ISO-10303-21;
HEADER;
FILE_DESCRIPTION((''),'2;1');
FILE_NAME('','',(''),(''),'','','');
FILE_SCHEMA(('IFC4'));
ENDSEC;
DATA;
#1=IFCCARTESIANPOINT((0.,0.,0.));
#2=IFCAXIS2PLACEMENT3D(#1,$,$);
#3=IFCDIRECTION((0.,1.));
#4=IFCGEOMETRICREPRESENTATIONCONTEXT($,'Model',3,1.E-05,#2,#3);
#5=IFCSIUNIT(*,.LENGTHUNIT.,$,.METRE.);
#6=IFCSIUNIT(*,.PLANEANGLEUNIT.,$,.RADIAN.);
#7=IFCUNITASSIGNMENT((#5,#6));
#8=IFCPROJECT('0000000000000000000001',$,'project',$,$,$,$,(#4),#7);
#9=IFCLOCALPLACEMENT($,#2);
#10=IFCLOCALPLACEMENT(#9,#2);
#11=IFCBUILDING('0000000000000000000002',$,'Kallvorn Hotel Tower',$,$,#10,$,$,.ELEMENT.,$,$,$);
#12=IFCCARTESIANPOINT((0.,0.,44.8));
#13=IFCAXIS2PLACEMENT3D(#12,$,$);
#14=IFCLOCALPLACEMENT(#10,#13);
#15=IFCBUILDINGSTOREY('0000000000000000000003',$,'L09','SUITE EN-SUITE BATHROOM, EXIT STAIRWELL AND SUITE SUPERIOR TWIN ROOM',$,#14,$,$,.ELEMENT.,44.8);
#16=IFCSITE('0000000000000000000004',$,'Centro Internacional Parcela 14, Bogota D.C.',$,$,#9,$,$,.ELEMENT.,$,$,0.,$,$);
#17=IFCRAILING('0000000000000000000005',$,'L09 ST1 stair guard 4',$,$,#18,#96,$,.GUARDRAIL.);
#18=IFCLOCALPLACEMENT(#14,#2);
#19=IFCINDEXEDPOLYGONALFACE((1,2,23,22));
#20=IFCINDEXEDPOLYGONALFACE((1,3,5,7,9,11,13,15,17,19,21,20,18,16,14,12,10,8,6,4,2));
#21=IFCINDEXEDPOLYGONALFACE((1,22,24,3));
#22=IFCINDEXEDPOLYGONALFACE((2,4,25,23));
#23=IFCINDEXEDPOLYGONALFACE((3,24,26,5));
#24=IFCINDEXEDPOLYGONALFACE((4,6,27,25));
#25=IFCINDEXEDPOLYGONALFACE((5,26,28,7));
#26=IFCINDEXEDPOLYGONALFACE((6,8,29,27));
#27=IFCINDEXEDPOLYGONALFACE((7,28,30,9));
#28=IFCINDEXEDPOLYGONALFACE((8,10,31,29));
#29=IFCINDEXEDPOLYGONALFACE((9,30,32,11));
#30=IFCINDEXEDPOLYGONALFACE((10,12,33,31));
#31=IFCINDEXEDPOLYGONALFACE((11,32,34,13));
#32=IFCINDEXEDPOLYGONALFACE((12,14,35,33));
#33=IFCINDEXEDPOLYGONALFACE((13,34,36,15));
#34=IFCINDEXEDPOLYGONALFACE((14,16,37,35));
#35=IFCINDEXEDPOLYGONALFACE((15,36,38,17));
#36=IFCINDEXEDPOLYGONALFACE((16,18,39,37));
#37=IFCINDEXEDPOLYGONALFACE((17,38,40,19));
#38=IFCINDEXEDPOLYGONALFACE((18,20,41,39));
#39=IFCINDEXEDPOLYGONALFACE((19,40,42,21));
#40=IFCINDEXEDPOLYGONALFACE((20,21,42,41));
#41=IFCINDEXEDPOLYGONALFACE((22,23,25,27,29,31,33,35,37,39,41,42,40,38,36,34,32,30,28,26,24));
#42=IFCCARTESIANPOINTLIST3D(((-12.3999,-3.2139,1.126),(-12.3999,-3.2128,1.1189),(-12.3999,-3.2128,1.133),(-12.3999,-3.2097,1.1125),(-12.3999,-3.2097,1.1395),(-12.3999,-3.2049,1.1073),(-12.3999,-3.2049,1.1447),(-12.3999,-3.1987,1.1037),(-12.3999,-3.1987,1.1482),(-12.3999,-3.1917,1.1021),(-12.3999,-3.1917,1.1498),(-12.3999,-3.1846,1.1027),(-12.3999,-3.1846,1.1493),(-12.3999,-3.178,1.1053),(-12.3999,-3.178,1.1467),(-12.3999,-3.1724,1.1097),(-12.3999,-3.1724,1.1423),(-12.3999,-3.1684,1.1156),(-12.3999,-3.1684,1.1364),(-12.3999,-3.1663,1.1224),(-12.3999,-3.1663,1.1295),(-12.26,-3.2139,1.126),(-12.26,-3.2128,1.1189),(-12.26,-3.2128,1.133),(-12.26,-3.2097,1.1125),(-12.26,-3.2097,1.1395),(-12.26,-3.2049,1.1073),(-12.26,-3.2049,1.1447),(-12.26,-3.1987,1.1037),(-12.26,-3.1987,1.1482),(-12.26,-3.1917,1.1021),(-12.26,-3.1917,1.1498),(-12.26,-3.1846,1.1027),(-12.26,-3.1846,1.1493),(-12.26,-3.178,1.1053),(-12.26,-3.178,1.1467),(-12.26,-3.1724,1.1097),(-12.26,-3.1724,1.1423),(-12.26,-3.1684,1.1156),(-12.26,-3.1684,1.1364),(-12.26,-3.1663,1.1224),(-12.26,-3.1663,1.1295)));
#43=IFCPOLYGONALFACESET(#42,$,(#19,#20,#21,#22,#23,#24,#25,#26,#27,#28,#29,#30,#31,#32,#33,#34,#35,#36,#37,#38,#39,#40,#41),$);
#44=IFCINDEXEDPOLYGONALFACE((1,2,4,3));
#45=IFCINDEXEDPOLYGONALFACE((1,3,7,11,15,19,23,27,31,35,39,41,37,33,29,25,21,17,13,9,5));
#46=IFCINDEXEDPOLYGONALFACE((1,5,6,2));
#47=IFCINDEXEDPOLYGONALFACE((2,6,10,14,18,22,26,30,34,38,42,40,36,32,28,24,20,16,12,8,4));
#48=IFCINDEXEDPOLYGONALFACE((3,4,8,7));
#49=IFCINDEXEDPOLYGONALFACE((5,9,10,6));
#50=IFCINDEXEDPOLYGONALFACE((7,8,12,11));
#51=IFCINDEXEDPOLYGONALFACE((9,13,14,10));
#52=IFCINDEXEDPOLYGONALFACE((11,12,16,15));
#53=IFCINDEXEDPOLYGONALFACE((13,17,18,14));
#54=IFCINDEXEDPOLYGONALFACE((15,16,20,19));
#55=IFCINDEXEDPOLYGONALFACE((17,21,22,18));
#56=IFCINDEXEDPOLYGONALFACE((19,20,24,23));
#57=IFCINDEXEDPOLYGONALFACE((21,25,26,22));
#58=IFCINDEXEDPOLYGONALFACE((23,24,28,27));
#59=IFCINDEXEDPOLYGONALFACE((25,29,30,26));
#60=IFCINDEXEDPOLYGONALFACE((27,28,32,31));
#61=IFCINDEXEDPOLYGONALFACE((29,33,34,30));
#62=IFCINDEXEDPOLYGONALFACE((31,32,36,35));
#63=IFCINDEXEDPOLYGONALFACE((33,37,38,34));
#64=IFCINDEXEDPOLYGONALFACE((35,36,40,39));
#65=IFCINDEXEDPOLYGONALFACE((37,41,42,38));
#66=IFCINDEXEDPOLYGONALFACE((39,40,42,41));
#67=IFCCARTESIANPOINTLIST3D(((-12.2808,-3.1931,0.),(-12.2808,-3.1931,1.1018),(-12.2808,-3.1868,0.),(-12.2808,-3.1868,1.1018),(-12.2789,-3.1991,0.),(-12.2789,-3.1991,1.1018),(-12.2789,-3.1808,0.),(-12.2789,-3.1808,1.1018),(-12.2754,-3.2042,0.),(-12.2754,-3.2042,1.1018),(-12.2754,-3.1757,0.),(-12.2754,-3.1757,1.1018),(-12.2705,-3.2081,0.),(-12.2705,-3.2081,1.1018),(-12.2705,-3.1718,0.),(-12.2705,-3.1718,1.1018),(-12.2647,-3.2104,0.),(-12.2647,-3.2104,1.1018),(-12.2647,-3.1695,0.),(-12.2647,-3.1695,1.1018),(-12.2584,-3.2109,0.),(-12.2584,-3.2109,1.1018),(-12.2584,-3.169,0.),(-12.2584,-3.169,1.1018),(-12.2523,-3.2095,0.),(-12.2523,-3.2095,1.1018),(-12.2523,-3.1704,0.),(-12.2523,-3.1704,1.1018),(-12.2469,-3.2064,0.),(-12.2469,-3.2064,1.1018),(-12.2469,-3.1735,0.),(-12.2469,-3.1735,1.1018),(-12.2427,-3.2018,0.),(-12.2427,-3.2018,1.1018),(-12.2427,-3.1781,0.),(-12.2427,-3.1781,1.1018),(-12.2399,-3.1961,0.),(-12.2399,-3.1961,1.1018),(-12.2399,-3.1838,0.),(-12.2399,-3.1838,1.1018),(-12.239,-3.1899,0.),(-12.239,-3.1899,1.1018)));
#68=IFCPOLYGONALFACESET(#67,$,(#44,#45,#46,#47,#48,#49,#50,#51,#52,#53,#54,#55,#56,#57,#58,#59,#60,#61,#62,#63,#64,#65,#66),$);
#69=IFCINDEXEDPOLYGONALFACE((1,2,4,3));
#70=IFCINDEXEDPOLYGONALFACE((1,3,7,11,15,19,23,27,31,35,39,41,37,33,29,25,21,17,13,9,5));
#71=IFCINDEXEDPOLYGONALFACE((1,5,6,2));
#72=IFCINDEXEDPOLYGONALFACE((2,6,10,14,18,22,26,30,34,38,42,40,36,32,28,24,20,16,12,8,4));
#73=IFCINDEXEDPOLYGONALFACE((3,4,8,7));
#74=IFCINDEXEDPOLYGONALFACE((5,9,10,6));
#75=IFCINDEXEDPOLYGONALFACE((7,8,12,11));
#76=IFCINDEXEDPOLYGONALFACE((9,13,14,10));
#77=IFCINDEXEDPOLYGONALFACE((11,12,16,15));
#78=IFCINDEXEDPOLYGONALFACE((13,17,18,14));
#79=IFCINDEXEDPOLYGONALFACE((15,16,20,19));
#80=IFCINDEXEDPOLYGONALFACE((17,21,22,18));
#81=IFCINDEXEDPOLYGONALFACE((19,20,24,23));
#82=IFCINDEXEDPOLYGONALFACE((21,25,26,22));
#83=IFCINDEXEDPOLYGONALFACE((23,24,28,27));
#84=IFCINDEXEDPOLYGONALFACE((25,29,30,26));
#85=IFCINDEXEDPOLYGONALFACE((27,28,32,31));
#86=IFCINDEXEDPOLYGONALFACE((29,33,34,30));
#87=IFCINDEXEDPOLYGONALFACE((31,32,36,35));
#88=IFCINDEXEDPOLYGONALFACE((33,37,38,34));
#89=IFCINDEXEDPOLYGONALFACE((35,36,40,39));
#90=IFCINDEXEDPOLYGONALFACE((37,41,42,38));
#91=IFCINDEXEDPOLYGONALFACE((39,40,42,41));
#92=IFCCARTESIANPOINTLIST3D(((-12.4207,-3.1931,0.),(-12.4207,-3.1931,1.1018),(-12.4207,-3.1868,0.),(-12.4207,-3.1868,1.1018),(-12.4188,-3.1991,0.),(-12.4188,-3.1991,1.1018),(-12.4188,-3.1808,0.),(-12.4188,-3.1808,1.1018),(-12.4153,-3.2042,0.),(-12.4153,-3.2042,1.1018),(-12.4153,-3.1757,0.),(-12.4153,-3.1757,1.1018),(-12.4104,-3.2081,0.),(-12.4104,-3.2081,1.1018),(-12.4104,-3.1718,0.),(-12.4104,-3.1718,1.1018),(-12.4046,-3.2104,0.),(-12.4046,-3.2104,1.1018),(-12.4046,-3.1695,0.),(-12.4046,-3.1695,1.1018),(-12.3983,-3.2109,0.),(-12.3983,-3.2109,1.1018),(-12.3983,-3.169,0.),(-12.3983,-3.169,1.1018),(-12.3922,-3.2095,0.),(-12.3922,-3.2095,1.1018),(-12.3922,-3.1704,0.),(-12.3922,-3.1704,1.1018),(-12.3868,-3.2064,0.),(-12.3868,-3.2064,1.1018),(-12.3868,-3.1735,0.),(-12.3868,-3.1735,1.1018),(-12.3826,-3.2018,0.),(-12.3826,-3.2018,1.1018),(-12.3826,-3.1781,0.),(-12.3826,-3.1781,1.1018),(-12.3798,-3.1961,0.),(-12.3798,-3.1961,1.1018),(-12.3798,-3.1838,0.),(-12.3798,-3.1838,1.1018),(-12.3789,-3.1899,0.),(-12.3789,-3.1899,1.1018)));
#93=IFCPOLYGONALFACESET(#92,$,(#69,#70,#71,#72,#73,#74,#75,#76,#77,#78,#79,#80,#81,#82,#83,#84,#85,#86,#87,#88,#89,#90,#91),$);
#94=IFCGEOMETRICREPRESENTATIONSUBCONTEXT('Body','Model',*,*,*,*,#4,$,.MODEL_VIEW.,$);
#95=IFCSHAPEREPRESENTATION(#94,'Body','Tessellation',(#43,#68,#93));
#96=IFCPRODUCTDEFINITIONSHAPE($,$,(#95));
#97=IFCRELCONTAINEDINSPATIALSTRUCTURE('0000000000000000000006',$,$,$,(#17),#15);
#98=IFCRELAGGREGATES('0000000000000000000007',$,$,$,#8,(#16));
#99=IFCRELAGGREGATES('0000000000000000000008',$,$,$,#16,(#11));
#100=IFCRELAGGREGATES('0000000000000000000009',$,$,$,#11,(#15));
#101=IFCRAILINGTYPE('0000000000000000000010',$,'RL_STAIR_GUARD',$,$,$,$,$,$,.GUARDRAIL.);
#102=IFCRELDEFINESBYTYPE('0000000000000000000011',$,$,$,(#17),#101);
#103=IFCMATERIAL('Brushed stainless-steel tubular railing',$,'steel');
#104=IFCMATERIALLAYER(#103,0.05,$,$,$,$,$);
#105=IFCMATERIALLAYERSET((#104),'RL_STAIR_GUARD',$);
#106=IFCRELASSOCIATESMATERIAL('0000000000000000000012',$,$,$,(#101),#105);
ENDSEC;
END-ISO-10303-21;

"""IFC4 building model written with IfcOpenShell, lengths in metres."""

from ifc_helpers import new_model, si_unit, direction, frame, origin, origin_2d, place, context, subcontext, project, spatial, circle, extrude, material, layer, layer_set, type_object, element, save


model = new_model("IFC4")

# Units and contexts
model_context = context("Model", 3, precision=1e-05, world=origin(), true_north=direction((0.0, 1.0)))
body_context = subcontext(model_context, "Body", "Model", "MODEL_VIEW")
ifc_project = project(units=[si_unit("LENGTHUNIT", "METRE"), si_unit("PLANEANGLEUNIT", "RADIAN")], contexts=[model_context])

# Site, building, storey
site_placement = place(None, origin())
site = spatial("IfcSite", under=ifc_project, at=site_placement, Name="Centro Internacional Parcela 14, Bogota D.C.", CompositionType="ELEMENT", RefElevation=0.0)
building_placement = place(site_placement, origin())
building = spatial("IfcBuilding", under=site, at=building_placement, Name="Kallvorn Hotel Tower", CompositionType="ELEMENT")
storey_placement = place(building_placement, frame((0.0, 0.0, 44.8)))
storey = spatial("IfcBuildingStorey", under=building, at=storey_placement, Name="L09", Description="SUITE EN-SUITE BATHROOM, EXIT STAIRWELL AND SUITE SUPERIOR TWIN ROOM", CompositionType="ELEMENT", Elevation=44.8)

# Railing
ifc_material_1 = material(Name="Brushed stainless-steel tubular railing", Category="steel")
ifc_layer_1 = layer(ifc_material_1, 0.05)
ifc_layer_set_1 = layer_set([ifc_layer_1], Name="RL_STAIR_GUARD")
railing_type_1 = type_object("IfcRailingType", Name="RL_STAIR_GUARD", PredefinedType="GUARDRAIL", material=ifc_layer_set_1)
railing_1_placement = place(storey_placement, frame((-12.26, -3.1899, 0.0)))
element("IfcRailing", 1, at=railing_1_placement, inside=storey, type_object=railing_type_1, Name="L09 ST1 stair guard 4", PredefinedType="GUARDRAIL", context=body_context, shape_type="SweptSolid", body=[
    extrude(circle(Radius=0.0239, at=origin_2d()), frame((0.0, 0.0, 1.126), z_axis=(-1.0, 0.0, 0.0), x_axis=(0.0, -1.0, 0.0)), (0.0, 0.0, 1.0), 0.1399),
    extrude(circle(Radius=0.021, at=origin_2d()), origin(), (0.0, 0.0, 1.0), 1.1018),
    extrude(circle(Radius=0.021, at=origin_2d()), frame((-0.1399, 0.0, 0.0)), (0.0, 0.0, 1.0), 1.1018),
])

save(model, "model.ifc")
